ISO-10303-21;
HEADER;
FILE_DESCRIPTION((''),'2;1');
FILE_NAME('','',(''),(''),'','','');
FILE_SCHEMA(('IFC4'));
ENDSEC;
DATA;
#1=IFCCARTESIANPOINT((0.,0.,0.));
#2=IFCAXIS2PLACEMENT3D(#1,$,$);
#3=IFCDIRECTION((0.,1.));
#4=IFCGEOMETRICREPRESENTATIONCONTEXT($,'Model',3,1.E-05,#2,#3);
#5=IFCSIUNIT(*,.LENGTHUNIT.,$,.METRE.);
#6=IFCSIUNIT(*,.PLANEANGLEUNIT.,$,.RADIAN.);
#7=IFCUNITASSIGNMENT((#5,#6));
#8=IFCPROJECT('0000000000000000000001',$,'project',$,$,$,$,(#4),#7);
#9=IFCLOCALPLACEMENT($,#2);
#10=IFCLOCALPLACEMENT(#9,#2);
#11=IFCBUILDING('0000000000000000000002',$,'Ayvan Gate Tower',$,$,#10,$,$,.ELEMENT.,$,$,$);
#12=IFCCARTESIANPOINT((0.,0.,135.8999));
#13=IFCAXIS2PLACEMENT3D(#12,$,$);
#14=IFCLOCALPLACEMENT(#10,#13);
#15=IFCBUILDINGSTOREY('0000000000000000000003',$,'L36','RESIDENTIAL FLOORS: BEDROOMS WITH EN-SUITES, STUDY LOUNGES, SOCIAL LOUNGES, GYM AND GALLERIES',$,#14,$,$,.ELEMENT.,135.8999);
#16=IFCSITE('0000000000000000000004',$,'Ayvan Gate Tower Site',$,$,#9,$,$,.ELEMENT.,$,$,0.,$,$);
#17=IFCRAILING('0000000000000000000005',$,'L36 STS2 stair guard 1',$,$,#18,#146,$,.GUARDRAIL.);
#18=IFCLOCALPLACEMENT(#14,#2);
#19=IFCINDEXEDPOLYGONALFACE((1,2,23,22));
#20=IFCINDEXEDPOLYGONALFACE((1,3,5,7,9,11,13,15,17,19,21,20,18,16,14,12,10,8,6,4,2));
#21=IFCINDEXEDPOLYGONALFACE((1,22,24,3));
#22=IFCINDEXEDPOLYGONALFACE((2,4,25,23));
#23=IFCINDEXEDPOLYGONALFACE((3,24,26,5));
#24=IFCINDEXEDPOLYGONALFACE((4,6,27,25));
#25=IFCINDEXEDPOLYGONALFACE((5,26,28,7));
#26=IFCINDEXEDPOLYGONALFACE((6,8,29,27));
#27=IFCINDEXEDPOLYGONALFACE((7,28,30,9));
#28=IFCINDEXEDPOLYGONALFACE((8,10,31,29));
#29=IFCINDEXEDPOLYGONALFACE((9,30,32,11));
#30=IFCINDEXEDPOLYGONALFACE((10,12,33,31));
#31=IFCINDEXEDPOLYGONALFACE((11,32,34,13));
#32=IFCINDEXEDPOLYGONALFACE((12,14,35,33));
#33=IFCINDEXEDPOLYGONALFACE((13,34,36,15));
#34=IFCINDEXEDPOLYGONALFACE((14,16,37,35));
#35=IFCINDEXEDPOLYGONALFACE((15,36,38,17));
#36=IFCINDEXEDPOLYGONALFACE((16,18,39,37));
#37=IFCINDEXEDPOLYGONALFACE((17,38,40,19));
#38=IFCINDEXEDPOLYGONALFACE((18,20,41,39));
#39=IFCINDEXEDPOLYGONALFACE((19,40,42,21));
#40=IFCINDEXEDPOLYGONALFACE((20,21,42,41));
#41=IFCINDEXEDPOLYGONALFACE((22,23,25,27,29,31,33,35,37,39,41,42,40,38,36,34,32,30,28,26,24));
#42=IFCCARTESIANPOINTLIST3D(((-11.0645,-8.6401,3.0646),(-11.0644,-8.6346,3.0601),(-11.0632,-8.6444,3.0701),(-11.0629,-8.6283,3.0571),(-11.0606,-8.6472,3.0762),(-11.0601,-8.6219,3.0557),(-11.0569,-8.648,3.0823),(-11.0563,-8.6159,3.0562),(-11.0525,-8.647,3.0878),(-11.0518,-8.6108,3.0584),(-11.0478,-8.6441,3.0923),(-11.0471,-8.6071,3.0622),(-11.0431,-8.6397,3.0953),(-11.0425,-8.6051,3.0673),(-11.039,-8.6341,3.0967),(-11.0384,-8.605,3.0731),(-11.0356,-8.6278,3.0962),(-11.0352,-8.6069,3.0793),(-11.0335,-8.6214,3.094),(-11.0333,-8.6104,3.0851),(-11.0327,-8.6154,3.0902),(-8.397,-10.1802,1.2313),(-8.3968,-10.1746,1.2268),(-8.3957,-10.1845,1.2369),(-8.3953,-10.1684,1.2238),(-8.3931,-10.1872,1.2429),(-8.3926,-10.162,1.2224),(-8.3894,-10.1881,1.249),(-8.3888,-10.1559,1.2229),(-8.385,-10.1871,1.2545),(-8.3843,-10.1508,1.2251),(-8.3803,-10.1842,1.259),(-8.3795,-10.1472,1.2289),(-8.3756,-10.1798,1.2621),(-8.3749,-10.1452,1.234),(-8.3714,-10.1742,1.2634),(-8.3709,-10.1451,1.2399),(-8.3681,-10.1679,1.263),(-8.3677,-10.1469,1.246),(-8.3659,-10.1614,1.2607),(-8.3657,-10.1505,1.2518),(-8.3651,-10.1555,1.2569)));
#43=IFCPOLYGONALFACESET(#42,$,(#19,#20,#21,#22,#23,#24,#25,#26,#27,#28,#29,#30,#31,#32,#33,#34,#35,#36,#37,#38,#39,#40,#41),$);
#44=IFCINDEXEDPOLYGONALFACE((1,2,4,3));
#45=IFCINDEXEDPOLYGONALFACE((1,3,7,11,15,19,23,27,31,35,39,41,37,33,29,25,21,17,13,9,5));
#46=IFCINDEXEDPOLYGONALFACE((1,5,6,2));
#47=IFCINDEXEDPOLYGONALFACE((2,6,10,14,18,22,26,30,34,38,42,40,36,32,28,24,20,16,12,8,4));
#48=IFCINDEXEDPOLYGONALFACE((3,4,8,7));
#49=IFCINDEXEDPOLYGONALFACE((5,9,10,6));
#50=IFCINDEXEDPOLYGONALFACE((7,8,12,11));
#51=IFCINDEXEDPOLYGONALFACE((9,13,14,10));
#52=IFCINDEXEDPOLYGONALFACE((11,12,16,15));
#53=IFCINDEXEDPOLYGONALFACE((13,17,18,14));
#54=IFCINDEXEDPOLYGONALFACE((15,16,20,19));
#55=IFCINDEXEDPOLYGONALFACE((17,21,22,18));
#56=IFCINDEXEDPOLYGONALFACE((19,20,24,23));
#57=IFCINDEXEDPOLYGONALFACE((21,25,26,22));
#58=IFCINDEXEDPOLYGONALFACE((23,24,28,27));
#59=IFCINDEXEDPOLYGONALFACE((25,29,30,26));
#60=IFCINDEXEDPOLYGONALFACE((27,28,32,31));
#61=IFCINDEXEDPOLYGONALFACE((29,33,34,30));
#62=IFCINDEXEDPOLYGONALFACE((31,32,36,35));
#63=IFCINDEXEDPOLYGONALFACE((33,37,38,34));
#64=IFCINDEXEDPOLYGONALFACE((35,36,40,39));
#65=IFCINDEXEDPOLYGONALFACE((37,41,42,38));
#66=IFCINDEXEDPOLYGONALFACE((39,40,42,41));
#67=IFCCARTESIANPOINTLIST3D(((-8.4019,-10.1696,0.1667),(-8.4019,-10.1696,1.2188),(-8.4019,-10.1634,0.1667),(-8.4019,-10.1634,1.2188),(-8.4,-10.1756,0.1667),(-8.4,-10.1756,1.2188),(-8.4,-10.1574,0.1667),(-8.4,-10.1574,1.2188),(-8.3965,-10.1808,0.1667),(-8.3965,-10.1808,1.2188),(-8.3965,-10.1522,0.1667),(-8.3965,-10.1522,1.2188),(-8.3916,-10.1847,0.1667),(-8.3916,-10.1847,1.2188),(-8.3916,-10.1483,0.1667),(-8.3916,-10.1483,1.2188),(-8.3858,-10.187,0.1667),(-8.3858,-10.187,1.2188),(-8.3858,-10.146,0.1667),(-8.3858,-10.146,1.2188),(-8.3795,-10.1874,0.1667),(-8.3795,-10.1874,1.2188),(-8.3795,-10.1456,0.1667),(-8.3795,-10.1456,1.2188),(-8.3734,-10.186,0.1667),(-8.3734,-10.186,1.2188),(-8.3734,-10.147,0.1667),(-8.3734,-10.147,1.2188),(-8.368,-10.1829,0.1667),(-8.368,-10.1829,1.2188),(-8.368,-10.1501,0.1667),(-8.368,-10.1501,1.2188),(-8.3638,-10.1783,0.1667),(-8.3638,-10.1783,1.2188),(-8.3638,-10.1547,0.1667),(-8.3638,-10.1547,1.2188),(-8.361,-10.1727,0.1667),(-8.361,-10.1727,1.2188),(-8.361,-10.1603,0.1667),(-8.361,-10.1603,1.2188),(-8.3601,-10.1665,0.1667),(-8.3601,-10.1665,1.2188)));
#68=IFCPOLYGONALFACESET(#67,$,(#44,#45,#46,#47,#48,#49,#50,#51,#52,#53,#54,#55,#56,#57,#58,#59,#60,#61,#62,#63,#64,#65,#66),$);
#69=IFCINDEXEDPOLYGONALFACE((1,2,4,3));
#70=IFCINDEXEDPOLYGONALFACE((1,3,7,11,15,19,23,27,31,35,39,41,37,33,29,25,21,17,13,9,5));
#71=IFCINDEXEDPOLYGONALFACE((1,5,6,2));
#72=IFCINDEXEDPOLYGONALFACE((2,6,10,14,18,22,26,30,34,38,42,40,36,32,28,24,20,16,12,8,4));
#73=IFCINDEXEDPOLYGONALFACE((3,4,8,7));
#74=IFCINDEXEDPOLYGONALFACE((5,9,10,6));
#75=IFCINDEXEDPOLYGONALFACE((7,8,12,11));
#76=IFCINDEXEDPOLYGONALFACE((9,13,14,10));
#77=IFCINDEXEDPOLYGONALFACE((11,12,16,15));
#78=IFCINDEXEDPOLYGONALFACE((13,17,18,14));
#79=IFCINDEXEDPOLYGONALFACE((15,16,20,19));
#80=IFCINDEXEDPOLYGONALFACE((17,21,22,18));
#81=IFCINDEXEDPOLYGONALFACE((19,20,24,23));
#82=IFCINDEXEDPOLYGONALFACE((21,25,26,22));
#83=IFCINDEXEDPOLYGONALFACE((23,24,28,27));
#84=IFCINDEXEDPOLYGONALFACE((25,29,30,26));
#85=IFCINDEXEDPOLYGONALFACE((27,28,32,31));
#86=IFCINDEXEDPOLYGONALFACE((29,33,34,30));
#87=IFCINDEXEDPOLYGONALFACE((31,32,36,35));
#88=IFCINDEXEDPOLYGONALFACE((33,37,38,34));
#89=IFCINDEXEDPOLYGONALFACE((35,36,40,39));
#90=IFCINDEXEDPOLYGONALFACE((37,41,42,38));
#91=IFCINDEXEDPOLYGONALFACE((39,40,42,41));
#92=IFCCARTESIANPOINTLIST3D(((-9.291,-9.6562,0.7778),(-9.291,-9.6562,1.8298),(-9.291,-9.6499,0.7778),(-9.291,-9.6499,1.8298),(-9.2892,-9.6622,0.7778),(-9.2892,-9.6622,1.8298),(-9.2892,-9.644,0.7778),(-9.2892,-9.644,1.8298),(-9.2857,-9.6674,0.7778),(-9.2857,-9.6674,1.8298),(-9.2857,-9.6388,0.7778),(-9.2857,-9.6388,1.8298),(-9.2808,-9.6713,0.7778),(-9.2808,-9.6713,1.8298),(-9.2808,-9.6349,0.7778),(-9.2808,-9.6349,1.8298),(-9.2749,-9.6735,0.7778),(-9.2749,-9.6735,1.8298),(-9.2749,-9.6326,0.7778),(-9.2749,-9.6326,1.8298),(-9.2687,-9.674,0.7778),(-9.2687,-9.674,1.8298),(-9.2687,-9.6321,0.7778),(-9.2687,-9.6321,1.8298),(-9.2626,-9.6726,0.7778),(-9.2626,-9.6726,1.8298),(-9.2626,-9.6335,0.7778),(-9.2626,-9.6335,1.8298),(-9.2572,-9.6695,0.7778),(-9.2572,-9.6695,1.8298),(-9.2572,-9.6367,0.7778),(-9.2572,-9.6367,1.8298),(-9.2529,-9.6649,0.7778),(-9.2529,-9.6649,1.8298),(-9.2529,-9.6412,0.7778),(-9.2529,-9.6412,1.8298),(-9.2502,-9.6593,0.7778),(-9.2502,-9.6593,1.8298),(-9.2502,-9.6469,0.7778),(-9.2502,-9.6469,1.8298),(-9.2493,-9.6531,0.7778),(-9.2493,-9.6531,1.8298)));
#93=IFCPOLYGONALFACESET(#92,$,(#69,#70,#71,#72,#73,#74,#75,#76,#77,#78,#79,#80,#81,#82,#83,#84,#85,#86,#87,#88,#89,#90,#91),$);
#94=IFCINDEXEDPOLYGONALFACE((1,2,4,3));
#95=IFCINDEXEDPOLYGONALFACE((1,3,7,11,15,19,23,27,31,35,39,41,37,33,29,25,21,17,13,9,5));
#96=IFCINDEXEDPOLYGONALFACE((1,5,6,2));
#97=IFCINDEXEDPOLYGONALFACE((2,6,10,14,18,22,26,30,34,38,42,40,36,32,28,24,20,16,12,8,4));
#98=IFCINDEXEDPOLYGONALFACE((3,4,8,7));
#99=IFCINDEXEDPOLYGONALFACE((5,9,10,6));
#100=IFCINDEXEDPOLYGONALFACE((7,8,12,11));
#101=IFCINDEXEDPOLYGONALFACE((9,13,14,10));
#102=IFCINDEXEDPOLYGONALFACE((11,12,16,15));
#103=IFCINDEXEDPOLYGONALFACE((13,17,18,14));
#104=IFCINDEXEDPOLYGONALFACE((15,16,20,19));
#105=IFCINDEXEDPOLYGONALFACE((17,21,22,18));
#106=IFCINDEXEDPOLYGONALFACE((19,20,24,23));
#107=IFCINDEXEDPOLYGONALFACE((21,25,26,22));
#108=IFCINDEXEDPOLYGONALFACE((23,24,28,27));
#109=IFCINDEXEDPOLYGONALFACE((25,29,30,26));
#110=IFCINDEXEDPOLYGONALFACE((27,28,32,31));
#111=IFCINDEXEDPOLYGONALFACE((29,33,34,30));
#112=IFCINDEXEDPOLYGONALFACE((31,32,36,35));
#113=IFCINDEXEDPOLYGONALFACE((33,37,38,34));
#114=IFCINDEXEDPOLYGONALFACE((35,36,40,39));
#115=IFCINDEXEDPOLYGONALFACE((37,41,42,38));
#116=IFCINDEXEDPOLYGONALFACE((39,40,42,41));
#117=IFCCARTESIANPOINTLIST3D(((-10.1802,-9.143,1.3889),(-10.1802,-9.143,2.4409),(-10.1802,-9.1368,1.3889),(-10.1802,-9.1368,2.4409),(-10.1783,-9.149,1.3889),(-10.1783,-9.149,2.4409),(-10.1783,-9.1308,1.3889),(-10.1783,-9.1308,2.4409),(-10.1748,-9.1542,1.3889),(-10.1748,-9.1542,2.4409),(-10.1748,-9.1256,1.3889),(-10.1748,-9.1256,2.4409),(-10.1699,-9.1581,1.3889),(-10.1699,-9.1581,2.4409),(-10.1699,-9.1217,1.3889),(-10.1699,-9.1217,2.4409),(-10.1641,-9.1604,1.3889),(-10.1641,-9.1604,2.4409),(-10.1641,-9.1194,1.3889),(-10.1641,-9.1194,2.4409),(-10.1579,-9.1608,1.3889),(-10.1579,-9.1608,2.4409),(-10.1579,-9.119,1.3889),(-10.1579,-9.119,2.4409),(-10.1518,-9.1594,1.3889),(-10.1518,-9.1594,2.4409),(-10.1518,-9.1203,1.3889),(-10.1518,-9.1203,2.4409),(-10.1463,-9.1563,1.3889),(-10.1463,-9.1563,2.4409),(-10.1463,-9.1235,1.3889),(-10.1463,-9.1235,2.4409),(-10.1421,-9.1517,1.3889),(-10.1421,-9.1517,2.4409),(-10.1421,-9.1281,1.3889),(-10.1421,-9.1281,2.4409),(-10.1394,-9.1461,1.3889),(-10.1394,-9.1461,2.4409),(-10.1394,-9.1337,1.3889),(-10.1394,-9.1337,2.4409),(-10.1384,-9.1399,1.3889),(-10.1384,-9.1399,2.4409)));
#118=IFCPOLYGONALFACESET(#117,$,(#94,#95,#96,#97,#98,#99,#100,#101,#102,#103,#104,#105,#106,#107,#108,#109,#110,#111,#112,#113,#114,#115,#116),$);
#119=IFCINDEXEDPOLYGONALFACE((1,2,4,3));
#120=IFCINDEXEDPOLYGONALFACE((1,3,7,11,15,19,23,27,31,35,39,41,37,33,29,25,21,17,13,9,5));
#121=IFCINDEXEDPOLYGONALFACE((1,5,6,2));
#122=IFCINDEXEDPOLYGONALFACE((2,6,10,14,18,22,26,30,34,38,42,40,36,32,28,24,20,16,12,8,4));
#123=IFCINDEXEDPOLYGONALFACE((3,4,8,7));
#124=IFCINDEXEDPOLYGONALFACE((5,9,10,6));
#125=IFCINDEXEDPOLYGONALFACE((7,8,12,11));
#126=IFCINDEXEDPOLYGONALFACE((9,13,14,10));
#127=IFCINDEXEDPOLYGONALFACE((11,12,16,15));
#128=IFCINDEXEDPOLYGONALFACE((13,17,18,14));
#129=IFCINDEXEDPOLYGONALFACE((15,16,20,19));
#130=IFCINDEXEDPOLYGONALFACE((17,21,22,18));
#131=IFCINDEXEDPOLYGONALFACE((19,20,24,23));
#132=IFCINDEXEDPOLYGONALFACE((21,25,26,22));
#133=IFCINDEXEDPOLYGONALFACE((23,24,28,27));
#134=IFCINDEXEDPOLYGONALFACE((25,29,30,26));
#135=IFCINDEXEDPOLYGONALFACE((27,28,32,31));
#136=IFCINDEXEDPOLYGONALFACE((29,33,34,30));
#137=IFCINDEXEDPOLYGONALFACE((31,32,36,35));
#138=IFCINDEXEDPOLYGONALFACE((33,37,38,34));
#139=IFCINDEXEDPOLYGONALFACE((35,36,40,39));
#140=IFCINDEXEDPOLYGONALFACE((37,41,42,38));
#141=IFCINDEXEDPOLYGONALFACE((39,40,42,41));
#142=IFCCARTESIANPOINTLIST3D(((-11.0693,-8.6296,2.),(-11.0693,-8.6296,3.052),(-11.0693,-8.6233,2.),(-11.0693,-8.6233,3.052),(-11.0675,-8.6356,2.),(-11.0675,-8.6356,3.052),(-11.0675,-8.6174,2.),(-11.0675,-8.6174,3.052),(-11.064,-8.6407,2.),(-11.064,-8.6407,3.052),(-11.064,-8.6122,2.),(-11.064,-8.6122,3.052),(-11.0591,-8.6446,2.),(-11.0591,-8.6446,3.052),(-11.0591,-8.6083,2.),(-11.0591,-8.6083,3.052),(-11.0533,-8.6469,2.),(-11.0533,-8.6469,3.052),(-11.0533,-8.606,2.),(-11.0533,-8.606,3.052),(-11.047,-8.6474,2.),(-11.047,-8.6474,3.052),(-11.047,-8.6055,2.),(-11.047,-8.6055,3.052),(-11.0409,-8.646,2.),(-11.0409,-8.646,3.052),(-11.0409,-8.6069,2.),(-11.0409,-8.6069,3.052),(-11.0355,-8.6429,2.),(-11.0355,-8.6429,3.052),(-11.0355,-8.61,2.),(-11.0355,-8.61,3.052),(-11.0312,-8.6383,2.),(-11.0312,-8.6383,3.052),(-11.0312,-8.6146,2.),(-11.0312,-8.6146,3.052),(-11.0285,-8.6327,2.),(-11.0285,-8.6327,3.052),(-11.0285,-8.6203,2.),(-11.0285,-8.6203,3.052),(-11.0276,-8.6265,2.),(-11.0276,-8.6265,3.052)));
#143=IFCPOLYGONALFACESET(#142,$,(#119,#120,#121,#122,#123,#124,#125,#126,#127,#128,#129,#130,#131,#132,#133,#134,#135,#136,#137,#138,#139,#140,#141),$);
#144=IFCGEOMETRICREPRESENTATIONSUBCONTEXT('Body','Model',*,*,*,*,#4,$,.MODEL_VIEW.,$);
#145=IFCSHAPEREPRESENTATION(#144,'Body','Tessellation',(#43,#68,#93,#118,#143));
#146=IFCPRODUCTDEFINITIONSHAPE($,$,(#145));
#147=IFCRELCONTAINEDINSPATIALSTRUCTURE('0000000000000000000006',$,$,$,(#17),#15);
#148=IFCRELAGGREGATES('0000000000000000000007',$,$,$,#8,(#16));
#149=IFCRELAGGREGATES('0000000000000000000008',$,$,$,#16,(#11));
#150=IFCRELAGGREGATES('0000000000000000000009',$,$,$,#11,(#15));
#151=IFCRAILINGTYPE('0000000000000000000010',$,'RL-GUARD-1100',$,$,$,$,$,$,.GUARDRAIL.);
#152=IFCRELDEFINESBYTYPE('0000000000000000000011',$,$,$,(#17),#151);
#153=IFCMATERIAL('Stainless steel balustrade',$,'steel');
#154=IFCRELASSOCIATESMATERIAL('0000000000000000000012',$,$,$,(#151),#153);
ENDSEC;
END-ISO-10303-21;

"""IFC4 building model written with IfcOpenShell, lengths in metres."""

from ifc_helpers import new_model, si_unit, direction, frame, origin, origin_2d, place, context, subcontext, project, spatial, circle, extrude, material, type_object, element, save


model = new_model("IFC4")

# Units and contexts
model_context = context("Model", 3, precision=1e-05, world=origin(), true_north=direction((0.0, 1.0)))
body_context = subcontext(model_context, "Body", "Model", "MODEL_VIEW")
ifc_project = project(units=[si_unit("LENGTHUNIT", "METRE"), si_unit("PLANEANGLEUNIT", "RADIAN")], contexts=[model_context])

# Site, building, storey
site_placement = place(None, origin())
site = spatial("IfcSite", under=ifc_project, at=site_placement, Name="Ayvan Gate Tower Site", CompositionType="ELEMENT", RefElevation=0.0)
building_placement = place(site_placement, origin())
building = spatial("IfcBuilding", under=site, at=building_placement, Name="Ayvan Gate Tower", CompositionType="ELEMENT")
storey_placement = place(building_placement, frame((0.0, 0.0, 135.8999)))
storey = spatial("IfcBuildingStorey", under=building, at=storey_placement, Name="L36", Description="RESIDENTIAL FLOORS: BEDROOMS WITH EN-SUITES, STUDY LOUNGES, SOCIAL LOUNGES, GYM AND GALLERIES", CompositionType="ELEMENT", Elevation=135.8999)

# Railing
ifc_material_1 = material(Name="Stainless steel balustrade", Category="steel")
railing_type_1 = type_object("IfcRailingType", Name="RL-GUARD-1100", PredefinedType="GUARDRAIL", material=ifc_material_1)
railing_1_placement = place(storey_placement, frame((-8.3811, -10.1665, 0.1667)))
element("IfcRailing", 1, at=railing_1_placement, inside=storey, type_object=railing_type_1, Name="L36 STS2 stair guard 1", PredefinedType="GUARDRAIL", context=body_context, shape_type="SweptSolid", body=[
    extrude(circle(Radius=0.0239, at=origin_2d()), frame((0.0, 0.0, 1.0762), z_axis=(-0.74419, 0.429649, 0.511452), x_axis=(-0.499992, -0.86603, 0.0)), (0.0, 0.0, 1.0), 3.5845),
    extrude(circle(Radius=0.021, at=origin_2d()), origin(), (0.0, 0.0, 1.0), 1.052),
    extrude(circle(Radius=0.021, at=origin_2d()), frame((-0.8892, 0.5134, 0.6111)), (0.0, 0.0, 1.0), 1.052),
    extrude(circle(Radius=0.021, at=origin_2d()), frame((-1.7783, 1.0266, 1.2222)), (0.0, 0.0, 1.0), 1.052),
    extrude(circle(Radius=0.021, at=origin_2d()), frame((-2.6675, 1.54, 1.8333)), (0.0, 0.0, 1.0), 1.052),
])

save(model, "model.ifc")
